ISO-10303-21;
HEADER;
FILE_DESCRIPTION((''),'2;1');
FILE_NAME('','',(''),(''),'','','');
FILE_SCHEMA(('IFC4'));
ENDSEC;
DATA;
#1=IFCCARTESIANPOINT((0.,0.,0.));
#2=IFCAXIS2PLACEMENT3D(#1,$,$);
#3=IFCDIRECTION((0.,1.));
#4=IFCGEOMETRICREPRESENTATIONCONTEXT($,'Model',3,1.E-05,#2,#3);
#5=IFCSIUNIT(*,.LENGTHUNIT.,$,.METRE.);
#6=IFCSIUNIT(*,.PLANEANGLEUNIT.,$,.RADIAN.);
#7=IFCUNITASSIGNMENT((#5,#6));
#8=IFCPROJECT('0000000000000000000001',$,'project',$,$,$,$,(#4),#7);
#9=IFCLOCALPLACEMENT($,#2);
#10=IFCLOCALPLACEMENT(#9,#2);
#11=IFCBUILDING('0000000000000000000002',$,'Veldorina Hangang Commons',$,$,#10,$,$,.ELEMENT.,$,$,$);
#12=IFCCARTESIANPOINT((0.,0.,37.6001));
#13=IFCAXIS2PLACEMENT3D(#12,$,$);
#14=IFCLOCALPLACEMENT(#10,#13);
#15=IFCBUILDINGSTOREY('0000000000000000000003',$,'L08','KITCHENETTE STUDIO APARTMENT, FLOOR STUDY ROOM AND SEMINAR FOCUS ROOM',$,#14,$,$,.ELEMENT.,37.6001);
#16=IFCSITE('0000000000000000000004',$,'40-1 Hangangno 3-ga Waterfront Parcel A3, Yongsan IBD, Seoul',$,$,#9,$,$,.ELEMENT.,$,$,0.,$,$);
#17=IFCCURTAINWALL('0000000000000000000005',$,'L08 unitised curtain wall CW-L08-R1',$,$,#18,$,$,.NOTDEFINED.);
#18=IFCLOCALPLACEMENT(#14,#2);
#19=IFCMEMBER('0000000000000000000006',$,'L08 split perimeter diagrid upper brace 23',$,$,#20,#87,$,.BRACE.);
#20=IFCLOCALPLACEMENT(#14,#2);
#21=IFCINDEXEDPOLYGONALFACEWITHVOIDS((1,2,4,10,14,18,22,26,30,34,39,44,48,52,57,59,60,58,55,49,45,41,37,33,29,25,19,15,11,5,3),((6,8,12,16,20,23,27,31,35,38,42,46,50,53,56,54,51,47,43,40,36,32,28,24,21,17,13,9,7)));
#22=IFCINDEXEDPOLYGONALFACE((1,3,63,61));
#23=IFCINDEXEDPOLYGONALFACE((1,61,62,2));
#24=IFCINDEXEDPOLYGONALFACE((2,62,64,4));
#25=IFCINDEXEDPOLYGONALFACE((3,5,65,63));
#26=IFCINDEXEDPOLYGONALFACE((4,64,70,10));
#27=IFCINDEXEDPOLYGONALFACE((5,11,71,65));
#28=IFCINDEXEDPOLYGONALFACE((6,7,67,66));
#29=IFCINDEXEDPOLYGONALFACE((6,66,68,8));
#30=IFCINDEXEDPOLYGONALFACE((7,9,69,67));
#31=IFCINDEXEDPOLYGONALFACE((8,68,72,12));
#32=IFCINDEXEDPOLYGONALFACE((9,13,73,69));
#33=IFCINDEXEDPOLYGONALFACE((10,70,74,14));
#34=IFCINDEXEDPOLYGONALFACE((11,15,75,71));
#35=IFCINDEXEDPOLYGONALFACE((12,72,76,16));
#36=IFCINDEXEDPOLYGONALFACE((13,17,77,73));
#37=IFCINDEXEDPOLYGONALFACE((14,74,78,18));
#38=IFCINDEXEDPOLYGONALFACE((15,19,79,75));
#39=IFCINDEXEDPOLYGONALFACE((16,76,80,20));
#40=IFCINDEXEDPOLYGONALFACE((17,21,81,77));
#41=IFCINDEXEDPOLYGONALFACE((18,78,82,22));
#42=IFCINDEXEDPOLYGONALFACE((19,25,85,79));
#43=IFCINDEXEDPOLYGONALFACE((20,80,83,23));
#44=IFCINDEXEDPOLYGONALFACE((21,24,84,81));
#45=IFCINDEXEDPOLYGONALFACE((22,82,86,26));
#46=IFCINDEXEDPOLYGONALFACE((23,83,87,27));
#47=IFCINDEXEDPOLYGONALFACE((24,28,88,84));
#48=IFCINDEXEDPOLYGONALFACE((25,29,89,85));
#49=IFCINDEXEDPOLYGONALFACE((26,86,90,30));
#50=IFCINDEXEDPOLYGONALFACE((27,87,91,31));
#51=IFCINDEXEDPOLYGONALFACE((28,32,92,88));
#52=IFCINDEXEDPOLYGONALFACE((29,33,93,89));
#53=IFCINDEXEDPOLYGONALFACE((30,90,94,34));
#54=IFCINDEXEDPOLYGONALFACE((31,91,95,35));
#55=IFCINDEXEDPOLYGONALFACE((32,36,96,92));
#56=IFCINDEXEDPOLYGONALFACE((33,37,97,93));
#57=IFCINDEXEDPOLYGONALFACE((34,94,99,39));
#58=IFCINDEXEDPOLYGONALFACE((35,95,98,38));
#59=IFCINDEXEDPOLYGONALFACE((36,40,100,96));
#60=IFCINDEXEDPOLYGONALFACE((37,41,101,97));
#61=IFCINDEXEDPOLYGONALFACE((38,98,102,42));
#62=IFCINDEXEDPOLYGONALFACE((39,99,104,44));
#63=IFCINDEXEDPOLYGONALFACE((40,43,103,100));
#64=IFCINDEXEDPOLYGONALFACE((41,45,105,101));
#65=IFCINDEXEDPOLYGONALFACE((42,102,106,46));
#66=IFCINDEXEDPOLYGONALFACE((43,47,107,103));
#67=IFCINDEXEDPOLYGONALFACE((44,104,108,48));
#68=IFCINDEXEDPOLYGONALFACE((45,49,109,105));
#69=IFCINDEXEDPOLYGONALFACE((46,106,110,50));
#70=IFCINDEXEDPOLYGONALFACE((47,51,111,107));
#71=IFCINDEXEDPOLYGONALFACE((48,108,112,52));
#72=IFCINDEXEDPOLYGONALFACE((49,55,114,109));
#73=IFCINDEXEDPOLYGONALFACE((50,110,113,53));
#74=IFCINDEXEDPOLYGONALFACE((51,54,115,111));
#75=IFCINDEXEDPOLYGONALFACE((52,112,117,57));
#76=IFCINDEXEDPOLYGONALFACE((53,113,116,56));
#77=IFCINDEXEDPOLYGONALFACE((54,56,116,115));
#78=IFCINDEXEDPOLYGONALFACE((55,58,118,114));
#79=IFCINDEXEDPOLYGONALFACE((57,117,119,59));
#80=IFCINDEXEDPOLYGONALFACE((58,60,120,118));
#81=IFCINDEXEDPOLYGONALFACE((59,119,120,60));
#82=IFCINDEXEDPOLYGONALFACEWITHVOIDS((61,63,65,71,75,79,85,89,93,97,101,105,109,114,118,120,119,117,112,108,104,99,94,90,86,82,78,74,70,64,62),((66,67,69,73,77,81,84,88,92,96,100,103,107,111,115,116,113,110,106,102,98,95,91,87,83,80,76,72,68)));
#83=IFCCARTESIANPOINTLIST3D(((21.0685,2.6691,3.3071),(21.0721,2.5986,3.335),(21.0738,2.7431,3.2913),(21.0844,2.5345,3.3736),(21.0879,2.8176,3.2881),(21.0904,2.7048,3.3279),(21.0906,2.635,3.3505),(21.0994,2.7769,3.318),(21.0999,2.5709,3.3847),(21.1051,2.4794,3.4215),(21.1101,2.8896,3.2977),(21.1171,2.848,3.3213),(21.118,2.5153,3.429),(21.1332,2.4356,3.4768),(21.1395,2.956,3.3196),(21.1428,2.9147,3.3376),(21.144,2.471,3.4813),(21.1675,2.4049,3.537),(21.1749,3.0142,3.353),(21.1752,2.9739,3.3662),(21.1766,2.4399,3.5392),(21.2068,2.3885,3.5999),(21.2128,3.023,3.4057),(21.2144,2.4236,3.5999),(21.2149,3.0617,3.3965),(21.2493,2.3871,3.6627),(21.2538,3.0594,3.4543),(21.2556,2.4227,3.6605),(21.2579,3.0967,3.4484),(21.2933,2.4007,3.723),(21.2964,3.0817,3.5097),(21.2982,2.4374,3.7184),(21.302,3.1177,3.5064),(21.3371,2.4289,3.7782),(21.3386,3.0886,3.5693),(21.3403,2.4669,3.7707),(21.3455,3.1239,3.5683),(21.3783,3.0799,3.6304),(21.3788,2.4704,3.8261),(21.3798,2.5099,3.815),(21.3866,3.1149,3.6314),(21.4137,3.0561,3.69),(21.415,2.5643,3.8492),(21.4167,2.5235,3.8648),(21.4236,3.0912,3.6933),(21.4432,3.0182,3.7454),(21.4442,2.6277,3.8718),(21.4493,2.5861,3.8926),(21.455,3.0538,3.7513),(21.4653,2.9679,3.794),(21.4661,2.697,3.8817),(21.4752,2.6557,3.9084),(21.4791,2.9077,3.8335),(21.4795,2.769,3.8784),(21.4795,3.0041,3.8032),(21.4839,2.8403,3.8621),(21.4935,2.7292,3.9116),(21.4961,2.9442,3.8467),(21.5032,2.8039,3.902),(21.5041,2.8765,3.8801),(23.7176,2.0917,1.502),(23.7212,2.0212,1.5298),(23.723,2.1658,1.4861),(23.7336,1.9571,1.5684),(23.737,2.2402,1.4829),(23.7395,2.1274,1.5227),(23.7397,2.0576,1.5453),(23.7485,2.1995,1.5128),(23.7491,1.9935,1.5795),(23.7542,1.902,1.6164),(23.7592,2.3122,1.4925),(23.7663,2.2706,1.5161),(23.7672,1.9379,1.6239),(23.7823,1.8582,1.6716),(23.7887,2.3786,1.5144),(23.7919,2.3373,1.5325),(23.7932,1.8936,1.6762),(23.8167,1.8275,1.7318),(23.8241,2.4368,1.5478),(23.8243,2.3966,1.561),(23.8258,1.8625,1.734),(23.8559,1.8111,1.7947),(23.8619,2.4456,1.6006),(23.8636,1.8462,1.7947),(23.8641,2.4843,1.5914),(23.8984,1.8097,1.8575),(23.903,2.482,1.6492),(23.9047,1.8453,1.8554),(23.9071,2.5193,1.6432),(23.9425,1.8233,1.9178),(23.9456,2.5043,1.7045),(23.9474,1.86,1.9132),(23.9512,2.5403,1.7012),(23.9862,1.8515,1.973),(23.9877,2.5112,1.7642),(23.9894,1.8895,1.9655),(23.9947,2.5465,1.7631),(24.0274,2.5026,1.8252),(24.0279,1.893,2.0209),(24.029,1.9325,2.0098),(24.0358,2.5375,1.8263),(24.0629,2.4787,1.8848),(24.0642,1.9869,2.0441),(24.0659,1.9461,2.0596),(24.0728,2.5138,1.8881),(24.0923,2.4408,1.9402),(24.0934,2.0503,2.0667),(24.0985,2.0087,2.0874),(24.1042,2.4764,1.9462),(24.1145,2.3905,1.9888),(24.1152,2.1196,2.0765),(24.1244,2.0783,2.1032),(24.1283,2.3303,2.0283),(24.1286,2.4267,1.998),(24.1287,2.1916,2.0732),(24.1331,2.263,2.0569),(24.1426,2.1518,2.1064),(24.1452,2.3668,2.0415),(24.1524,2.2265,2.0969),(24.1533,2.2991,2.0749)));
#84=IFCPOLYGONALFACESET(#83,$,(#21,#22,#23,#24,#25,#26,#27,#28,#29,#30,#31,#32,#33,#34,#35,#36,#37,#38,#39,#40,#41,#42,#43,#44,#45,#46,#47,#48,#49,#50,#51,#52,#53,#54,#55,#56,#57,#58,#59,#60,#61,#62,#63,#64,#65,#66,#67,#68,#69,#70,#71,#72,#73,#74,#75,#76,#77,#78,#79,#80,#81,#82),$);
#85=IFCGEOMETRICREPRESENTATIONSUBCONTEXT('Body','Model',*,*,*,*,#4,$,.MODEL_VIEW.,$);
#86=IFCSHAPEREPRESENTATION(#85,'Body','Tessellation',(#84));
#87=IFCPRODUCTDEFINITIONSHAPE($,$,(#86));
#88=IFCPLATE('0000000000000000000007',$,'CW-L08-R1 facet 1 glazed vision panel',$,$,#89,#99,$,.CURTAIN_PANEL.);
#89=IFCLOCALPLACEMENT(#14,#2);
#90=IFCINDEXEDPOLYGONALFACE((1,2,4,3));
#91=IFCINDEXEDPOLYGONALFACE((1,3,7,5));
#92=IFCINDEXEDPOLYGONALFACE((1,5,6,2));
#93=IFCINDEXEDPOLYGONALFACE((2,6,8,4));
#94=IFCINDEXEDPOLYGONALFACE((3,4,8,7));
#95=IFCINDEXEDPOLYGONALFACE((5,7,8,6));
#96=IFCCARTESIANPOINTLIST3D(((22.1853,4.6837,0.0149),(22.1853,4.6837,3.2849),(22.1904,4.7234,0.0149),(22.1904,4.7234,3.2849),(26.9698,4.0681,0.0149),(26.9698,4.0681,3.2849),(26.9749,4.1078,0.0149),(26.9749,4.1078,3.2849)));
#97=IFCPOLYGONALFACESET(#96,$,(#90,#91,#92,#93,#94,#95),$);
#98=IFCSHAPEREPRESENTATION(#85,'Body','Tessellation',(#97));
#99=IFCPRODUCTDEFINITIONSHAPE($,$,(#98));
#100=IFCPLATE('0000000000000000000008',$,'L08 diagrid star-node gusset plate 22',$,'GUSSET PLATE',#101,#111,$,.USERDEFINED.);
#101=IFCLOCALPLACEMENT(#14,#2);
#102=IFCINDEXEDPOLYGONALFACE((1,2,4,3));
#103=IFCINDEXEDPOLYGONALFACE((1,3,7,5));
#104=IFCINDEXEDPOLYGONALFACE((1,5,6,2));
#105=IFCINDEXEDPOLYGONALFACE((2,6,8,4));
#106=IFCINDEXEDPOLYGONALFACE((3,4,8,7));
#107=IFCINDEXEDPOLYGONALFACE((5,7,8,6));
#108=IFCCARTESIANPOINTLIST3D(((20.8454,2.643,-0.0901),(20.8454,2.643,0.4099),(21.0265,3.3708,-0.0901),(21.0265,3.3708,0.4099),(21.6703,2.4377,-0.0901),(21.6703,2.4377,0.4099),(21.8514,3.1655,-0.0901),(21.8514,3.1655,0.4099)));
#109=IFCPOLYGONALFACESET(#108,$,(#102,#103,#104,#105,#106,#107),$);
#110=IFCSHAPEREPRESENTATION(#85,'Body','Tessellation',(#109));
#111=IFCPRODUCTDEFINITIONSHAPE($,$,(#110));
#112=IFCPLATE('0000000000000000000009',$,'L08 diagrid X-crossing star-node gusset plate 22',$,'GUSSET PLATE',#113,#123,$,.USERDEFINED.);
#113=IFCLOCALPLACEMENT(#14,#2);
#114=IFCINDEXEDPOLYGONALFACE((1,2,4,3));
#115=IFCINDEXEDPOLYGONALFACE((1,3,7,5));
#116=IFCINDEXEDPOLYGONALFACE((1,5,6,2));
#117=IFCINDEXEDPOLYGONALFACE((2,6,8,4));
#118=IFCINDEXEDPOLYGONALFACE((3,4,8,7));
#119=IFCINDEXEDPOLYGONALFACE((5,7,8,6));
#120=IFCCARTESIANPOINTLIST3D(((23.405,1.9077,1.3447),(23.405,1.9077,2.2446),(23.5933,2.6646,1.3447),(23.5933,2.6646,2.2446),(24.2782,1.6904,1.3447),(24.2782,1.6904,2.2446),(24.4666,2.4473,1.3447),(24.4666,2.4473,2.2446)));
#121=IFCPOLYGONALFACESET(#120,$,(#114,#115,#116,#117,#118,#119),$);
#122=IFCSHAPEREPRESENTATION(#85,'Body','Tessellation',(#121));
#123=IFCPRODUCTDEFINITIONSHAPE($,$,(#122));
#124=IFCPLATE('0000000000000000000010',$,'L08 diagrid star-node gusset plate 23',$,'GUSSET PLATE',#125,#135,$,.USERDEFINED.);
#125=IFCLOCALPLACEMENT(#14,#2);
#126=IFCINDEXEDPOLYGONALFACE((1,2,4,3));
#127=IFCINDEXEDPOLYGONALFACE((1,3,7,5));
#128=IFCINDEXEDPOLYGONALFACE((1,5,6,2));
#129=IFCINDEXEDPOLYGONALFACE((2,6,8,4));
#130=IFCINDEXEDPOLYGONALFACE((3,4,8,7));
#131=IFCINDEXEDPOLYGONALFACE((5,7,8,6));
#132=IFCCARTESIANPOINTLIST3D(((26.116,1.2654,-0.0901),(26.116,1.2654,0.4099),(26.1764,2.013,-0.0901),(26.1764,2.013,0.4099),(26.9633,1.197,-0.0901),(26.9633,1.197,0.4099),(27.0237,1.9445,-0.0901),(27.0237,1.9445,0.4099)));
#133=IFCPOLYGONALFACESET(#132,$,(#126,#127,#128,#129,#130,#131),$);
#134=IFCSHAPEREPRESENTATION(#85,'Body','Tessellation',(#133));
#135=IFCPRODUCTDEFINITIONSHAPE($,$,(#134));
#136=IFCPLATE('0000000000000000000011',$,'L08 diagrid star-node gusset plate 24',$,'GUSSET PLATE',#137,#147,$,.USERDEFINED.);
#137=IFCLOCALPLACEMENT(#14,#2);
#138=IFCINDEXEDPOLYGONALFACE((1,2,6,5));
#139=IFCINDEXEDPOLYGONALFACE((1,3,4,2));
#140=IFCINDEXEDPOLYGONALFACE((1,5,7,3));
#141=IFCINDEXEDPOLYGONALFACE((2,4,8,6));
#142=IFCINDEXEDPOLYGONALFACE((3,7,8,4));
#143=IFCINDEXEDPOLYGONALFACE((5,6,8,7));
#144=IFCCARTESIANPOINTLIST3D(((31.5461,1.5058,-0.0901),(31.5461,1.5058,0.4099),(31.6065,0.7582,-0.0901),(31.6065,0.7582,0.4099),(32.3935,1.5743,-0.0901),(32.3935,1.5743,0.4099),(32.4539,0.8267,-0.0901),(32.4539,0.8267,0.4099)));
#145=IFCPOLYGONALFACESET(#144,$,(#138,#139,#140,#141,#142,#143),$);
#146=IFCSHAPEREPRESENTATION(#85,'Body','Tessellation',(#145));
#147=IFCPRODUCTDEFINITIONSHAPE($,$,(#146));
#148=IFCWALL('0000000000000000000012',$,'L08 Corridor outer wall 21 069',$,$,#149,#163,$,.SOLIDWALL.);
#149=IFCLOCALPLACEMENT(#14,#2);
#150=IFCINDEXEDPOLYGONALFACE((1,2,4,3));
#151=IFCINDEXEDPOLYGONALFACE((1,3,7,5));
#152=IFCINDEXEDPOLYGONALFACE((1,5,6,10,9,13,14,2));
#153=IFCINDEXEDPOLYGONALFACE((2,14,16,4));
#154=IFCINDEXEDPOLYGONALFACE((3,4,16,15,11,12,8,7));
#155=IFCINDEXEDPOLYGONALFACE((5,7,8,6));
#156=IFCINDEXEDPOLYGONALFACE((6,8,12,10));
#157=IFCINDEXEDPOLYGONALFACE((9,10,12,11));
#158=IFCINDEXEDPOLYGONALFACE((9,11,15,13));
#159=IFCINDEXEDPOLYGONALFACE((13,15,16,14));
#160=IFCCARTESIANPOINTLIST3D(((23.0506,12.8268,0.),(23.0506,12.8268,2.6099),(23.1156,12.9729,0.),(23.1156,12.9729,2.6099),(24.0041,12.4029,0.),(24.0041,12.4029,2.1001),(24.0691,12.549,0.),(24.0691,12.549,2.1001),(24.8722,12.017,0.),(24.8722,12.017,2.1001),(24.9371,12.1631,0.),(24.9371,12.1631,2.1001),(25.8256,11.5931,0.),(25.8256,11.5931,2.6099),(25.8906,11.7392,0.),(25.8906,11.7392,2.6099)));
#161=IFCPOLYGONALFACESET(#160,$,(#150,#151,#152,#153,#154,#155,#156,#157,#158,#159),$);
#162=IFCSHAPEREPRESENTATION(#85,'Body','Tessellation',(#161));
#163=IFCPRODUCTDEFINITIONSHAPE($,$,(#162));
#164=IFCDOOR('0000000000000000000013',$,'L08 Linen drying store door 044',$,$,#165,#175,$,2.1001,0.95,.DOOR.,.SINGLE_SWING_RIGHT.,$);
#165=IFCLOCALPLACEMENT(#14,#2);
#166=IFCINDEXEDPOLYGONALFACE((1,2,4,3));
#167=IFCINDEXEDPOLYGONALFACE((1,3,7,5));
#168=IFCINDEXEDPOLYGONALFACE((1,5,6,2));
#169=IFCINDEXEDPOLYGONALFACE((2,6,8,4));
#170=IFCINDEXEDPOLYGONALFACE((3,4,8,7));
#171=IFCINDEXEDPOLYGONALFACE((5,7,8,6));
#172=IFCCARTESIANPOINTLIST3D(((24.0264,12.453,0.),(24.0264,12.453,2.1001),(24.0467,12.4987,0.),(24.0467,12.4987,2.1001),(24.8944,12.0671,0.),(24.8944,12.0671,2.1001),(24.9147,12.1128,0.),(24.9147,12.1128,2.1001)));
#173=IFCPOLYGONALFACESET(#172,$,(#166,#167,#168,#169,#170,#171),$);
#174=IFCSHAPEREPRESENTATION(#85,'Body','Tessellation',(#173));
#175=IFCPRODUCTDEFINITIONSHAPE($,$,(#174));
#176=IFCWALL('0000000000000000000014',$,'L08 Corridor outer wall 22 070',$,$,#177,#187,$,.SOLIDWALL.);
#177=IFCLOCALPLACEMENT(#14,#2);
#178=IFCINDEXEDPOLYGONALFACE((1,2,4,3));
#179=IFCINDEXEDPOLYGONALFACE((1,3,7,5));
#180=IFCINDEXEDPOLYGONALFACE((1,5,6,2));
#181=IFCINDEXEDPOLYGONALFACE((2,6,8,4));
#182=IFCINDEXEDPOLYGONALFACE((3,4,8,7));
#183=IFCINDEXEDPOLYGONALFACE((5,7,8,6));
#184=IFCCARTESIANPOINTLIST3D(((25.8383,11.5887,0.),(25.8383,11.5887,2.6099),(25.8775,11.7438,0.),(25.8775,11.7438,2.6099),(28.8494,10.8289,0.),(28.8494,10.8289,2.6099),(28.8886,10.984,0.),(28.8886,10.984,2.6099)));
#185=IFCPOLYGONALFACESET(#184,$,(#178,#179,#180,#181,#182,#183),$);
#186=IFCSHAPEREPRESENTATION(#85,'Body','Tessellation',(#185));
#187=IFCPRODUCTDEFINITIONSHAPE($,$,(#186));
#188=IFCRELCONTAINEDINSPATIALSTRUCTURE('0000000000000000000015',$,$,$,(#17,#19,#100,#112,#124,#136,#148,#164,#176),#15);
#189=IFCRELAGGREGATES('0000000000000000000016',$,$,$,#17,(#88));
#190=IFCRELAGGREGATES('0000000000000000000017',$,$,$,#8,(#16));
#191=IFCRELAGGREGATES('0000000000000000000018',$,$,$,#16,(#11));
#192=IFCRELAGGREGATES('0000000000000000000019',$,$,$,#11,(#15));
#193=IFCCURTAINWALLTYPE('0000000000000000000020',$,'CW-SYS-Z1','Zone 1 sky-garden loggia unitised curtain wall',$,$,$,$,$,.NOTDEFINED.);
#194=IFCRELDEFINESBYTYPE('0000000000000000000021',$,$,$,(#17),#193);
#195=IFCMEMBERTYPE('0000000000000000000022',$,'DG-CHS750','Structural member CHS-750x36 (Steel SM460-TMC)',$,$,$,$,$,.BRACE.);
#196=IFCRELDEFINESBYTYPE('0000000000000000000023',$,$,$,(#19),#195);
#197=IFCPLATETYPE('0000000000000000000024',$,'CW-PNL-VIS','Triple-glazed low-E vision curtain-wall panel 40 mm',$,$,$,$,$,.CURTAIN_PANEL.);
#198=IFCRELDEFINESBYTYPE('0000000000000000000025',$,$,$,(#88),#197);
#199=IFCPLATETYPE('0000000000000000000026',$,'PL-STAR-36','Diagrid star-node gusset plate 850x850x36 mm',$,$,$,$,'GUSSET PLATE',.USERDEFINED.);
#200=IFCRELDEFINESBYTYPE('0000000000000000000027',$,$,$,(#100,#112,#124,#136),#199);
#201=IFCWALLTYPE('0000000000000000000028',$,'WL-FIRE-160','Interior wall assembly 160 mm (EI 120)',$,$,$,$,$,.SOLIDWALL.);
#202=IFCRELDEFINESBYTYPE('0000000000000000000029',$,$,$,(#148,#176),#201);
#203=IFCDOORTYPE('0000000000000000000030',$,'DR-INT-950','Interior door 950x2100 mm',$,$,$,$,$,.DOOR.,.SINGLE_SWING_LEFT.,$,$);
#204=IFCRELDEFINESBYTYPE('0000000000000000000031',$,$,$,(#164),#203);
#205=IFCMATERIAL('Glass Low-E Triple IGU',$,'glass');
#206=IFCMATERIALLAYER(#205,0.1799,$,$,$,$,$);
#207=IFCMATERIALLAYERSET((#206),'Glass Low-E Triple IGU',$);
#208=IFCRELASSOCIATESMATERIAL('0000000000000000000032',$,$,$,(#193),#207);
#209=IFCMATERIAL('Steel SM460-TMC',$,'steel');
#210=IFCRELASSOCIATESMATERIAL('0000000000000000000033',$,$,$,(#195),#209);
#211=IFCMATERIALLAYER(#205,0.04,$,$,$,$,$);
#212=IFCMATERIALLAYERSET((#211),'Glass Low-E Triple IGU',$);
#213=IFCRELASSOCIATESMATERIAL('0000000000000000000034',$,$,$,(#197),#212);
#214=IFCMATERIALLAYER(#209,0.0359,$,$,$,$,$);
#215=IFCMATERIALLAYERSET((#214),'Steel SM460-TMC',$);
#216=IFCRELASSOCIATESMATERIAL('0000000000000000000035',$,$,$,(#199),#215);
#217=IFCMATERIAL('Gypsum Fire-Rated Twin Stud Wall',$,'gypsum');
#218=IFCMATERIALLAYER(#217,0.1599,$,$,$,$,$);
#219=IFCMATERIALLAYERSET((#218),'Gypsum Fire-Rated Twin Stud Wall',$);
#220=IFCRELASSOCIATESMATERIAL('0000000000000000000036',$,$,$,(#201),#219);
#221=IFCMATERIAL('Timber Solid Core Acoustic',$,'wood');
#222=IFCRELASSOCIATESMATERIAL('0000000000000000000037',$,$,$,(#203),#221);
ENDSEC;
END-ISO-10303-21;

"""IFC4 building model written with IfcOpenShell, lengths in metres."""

from ifc_helpers import new_model, si_unit, direction, frame, frame_2d, origin, origin_2d, place, context, subcontext, project, spatial, rectangle, hollow_circle, extrude, material, layer, layer_set, material_profile, profile_set, type_object, element, fill, aggregate, save


model = new_model("IFC4")

# Units and contexts
model_context = context("Model", 3, precision=1e-05, world=origin(), true_north=direction((0.0, 1.0)))
body_context = subcontext(model_context, "Body", "Model", "MODEL_VIEW")
ifc_project = project(units=[si_unit("LENGTHUNIT", "METRE"), si_unit("PLANEANGLEUNIT", "RADIAN")], contexts=[model_context])

# Site, building, storey
site_placement = place(None, origin())
site = spatial("IfcSite", under=ifc_project, at=site_placement, Name="40-1 Hangangno 3-ga Waterfront Parcel A3, Yongsan IBD, Seoul", CompositionType="ELEMENT", RefElevation=0.0)
building_placement = place(site_placement, origin())
building = spatial("IfcBuilding", under=site, at=building_placement, Name="Veldorina Hangang Commons", CompositionType="ELEMENT")
storey_placement = place(building_placement, frame((0.0, 0.0, 37.6001)))
storey = spatial("IfcBuildingStorey", under=building, at=storey_placement, Name="L08", Description="KITCHENETTE STUDIO APARTMENT, FLOOR STUDY ROOM AND SEMINAR FOCUS ROOM", CompositionType="ELEMENT", Elevation=37.6001)

# Shared definitions
ifc_material_1 = material(Name="Steel SM460-TMC", Category="steel")

# Curtain wall
ifc_material_2 = material(Name="Glass Low-E Triple IGU", Category="glass")
ifc_layer_1 = layer(ifc_material_2, 0.1799)
ifc_layer_set_1 = layer_set([ifc_layer_1], Name="Glass Low-E Triple IGU")
curtain_wall_type = type_object("IfcCurtainWallType", Name="CW-SYS-Z1", Description="Zone 1 sky-garden loggia unitised curtain wall", PredefinedType="NOTDEFINED", material=ifc_layer_set_1)
curtain_wall_placement = place(storey_placement, origin())
curtain_wall = element("IfcCurtainWall", 1, at=curtain_wall_placement, inside=storey, type_object=curtain_wall_type, Name="L08 unitised curtain wall CW-L08-R1", PredefinedType="NOTDEFINED")

# Member
ifc_material_profile_1 = material_profile(ifc_material_1, hollow_circle(Radius=0.375, WallThickness=0.0359, at=origin_2d()), Name="CHS-750x36")
ifc_profile_set_1 = profile_set([ifc_material_profile_1], Name="Steel SM460-TMC")
member_type_1 = type_object("IfcMemberType", Name="DG-CHS750", Description="Structural member CHS-750x36 (Steel SM460-TMC)", PredefinedType="BRACE", material=ifc_profile_set_1)
member_1_placement = place(storey_placement, frame((23.9358, 2.1775, 1.7947), z_axis=(-0.813297, 0.17726, 0.55419), x_axis=(-0.212953, -0.977062, 0.0)))
element("IfcMember", 2, at=member_1_placement, inside=storey, type_object=member_type_1, Name="L08 split perimeter diagrid upper brace 23", PredefinedType="BRACE", context=body_context, shape_type="SweptSolid", body=[
    extrude(hollow_circle(Radius=0.375, WallThickness=0.0359, at=origin_2d()), origin(), (0.0, 0.0, 1.0), 3.2573),
])

# Plate
ifc_layer_2 = layer(ifc_material_2, 0.04)
ifc_layer_set_2 = layer_set([ifc_layer_2], Name="Glass Low-E Triple IGU")
plate_type_1 = type_object("IfcPlateType", Name="CW-PNL-VIS", Description="Triple-glazed low-E vision curtain-wall panel 40 mm", PredefinedType="CURTAIN_PANEL", material=ifc_layer_set_2)
plate_1_placement = place(storey_placement, frame((24.5801, 4.3958, 0.0149), z_axis=(0.0, 0.0, 1.0), x_axis=(0.991823, -0.127619, 0.0)))
plate_1 = element("IfcPlate", 3, at=plate_1_placement, type_object=plate_type_1, Name="CW-L08-R1 facet 1 glazed vision panel", PredefinedType="CURTAIN_PANEL", context=body_context, shape_type="SweptSolid", body=[
    extrude(rectangle(XDim=4.824, YDim=0.04, at=origin_2d()), origin(), (0.0, 0.0, 1.0), 3.27),
])
aggregate(curtain_wall, [plate_1])

# Plates
ifc_layer_3 = layer(ifc_material_1, 0.0359)
ifc_layer_set_3 = layer_set([ifc_layer_3], Name="Steel SM460-TMC")
plate_type_2 = type_object("IfcPlateType", Name="PL-STAR-36", Description="Diagrid star-node gusset plate 850x850x36 mm", ElementType="GUSSET PLATE", PredefinedType="USERDEFINED", material=ifc_layer_set_3)
plate_2_placement = place(storey_placement, frame((21.3484, 2.9043, -0.0901), z_axis=(0.0, 0.0, 1.0), x_axis=(0.970401, -0.241499, 0.0)))
element("IfcPlate", 4, at=plate_2_placement, inside=storey, type_object=plate_type_2, Name="L08 diagrid star-node gusset plate 22", ObjectType="GUSSET PLATE", PredefinedType="USERDEFINED", context=body_context, shape_type="SweptSolid", body=[
    extrude(rectangle(XDim=0.8501, YDim=0.75, at=origin_2d()), origin(), (0.0, 0.0, 1.0), 0.5),
])
plate_3_placement = place(storey_placement, frame((23.9358, 2.1775, 1.3447), z_axis=(0.0, 0.0, 1.0), x_axis=(0.970401, -0.241499, 0.0)))
element("IfcPlate", 5, at=plate_3_placement, inside=storey, type_object=plate_type_2, Name="L08 diagrid X-crossing star-node gusset plate 22", ObjectType="GUSSET PLATE", PredefinedType="USERDEFINED", context=body_context, shape_type="SweptSolid", body=[
    extrude(rectangle(XDim=0.8999, YDim=0.78, at=origin_2d()), origin(), (0.0, 0.0, 1.0), 0.8999),
])
for number, where, z_axis, x_axis, name in (
    (6, (26.5698, 1.605, -0.0901), (0.0, 0.0, 1.0), (0.996752, -0.080529, 0.0), "L08 diagrid star-node gusset plate 23"),
    (7, (32.0, 1.1663, -0.0901), (0.0, 0.0, 1.0), (0.996752, 0.080529, 0.0), "L08 diagrid star-node gusset plate 24"),
):
    element("IfcPlate", number, at=place(storey_placement, frame(where, z_axis=z_axis, x_axis=x_axis)), inside=storey, type_object=plate_type_2, Name=name, ObjectType="GUSSET PLATE", PredefinedType="USERDEFINED", context=body_context, shape_type="SweptSolid", body=[
        extrude(rectangle(XDim=0.8501, YDim=0.75, at=origin_2d()), origin(), (0.0, 0.0, 1.0), 0.5),
    ])

# Wall, opening, door
ifc_material_3 = material(Name="Gypsum Fire-Rated Twin Stud Wall", Category="gypsum")
ifc_layer_4 = layer(ifc_material_3, 0.1599)
ifc_layer_set_4 = layer_set([ifc_layer_4], Name="Gypsum Fire-Rated Twin Stud Wall")
wall_type_1 = type_object("IfcWallType", Name="WL-FIRE-160", Description="Interior wall assembly 160 mm (EI 120)", PredefinedType="SOLIDWALL", material=ifc_layer_set_4)
wall_1_placement = place(storey_placement, frame((23.083, 12.8999, 0.0), z_axis=(0.0, 0.0, 1.0), x_axis=(0.913768, -0.406235, 0.0)))
wall_1 = element("IfcWall", 8, at=wall_1_placement, inside=storey, type_object=wall_type_1, Name="L08 Corridor outer wall 21 069", PredefinedType="SOLIDWALL", context=body_context, shape_type="SweptSolid", body=[
    extrude(rectangle(XDim=3.0369, YDim=0.1599, at=frame_2d((1.5186, 0.0))), origin(), (0.0, 0.0, 1.0), 2.6099),
])
opening_1_placement = place(wall_1_placement, frame((1.0435, 0.0, 0.0)))
opening_1 = element("IfcOpeningElement", 9, at=opening_1_placement, cuts=wall_1, PredefinedType="OPENING", context=body_context, shape_type="SweptSolid", body=[
    extrude(rectangle(XDim=0.95, YDim=2.1001, at=frame_2d((0.4751, 1.05))), frame((0.0, 0.0898, 0.0), z_axis=(0.0, -1.0, 0.0), x_axis=(1.0, 0.0, 0.0)), (0.0, 0.0, 1.0), 0.1799),
])
ifc_material_4 = material(Name="Timber Solid Core Acoustic", Category="wood")
door_type_1 = type_object("IfcDoorType", Name="DR-INT-950", Description="Interior door 950x2100 mm", OperationType="SINGLE_SWING_LEFT", PredefinedType="DOOR", material=ifc_material_4)
door_1_placement = place(opening_1_placement, origin())
door_1 = element("IfcDoor", 10, at=door_1_placement, inside=storey, type_object=door_type_1, Name="L08 Linen drying store door 044", OperationType="SINGLE_SWING_RIGHT", OverallHeight=2.1001, OverallWidth=0.95, PredefinedType="DOOR", context=body_context, shape_type="SweptSolid", body=[
    extrude(rectangle(XDim=0.95, YDim=2.1001, at=frame_2d((0.4751, 1.05))), frame((0.0, 0.0249, 0.0), z_axis=(0.0, -1.0, 0.0), x_axis=(1.0, 0.0, 0.0)), (0.0, 0.0, 1.0), 0.05),
])
fill(opening_1, door_1)

# Wall
wall_2_placement = place(storey_placement, frame((25.8579, 11.6663, 0.0), z_axis=(0.0, 0.0, 1.0), x_axis=(0.969608, -0.244662, 0.0)))
element("IfcWall", 11, at=wall_2_placement, inside=storey, type_object=wall_type_1, Name="L08 Corridor outer wall 22 070", PredefinedType="SOLIDWALL", context=body_context, shape_type="SweptSolid", body=[
    extrude(rectangle(XDim=3.1055, YDim=0.1599, at=frame_2d((1.5527, 0.0))), origin(), (0.0, 0.0, 1.0), 2.6099),
])

save(model, "model.ifc")
